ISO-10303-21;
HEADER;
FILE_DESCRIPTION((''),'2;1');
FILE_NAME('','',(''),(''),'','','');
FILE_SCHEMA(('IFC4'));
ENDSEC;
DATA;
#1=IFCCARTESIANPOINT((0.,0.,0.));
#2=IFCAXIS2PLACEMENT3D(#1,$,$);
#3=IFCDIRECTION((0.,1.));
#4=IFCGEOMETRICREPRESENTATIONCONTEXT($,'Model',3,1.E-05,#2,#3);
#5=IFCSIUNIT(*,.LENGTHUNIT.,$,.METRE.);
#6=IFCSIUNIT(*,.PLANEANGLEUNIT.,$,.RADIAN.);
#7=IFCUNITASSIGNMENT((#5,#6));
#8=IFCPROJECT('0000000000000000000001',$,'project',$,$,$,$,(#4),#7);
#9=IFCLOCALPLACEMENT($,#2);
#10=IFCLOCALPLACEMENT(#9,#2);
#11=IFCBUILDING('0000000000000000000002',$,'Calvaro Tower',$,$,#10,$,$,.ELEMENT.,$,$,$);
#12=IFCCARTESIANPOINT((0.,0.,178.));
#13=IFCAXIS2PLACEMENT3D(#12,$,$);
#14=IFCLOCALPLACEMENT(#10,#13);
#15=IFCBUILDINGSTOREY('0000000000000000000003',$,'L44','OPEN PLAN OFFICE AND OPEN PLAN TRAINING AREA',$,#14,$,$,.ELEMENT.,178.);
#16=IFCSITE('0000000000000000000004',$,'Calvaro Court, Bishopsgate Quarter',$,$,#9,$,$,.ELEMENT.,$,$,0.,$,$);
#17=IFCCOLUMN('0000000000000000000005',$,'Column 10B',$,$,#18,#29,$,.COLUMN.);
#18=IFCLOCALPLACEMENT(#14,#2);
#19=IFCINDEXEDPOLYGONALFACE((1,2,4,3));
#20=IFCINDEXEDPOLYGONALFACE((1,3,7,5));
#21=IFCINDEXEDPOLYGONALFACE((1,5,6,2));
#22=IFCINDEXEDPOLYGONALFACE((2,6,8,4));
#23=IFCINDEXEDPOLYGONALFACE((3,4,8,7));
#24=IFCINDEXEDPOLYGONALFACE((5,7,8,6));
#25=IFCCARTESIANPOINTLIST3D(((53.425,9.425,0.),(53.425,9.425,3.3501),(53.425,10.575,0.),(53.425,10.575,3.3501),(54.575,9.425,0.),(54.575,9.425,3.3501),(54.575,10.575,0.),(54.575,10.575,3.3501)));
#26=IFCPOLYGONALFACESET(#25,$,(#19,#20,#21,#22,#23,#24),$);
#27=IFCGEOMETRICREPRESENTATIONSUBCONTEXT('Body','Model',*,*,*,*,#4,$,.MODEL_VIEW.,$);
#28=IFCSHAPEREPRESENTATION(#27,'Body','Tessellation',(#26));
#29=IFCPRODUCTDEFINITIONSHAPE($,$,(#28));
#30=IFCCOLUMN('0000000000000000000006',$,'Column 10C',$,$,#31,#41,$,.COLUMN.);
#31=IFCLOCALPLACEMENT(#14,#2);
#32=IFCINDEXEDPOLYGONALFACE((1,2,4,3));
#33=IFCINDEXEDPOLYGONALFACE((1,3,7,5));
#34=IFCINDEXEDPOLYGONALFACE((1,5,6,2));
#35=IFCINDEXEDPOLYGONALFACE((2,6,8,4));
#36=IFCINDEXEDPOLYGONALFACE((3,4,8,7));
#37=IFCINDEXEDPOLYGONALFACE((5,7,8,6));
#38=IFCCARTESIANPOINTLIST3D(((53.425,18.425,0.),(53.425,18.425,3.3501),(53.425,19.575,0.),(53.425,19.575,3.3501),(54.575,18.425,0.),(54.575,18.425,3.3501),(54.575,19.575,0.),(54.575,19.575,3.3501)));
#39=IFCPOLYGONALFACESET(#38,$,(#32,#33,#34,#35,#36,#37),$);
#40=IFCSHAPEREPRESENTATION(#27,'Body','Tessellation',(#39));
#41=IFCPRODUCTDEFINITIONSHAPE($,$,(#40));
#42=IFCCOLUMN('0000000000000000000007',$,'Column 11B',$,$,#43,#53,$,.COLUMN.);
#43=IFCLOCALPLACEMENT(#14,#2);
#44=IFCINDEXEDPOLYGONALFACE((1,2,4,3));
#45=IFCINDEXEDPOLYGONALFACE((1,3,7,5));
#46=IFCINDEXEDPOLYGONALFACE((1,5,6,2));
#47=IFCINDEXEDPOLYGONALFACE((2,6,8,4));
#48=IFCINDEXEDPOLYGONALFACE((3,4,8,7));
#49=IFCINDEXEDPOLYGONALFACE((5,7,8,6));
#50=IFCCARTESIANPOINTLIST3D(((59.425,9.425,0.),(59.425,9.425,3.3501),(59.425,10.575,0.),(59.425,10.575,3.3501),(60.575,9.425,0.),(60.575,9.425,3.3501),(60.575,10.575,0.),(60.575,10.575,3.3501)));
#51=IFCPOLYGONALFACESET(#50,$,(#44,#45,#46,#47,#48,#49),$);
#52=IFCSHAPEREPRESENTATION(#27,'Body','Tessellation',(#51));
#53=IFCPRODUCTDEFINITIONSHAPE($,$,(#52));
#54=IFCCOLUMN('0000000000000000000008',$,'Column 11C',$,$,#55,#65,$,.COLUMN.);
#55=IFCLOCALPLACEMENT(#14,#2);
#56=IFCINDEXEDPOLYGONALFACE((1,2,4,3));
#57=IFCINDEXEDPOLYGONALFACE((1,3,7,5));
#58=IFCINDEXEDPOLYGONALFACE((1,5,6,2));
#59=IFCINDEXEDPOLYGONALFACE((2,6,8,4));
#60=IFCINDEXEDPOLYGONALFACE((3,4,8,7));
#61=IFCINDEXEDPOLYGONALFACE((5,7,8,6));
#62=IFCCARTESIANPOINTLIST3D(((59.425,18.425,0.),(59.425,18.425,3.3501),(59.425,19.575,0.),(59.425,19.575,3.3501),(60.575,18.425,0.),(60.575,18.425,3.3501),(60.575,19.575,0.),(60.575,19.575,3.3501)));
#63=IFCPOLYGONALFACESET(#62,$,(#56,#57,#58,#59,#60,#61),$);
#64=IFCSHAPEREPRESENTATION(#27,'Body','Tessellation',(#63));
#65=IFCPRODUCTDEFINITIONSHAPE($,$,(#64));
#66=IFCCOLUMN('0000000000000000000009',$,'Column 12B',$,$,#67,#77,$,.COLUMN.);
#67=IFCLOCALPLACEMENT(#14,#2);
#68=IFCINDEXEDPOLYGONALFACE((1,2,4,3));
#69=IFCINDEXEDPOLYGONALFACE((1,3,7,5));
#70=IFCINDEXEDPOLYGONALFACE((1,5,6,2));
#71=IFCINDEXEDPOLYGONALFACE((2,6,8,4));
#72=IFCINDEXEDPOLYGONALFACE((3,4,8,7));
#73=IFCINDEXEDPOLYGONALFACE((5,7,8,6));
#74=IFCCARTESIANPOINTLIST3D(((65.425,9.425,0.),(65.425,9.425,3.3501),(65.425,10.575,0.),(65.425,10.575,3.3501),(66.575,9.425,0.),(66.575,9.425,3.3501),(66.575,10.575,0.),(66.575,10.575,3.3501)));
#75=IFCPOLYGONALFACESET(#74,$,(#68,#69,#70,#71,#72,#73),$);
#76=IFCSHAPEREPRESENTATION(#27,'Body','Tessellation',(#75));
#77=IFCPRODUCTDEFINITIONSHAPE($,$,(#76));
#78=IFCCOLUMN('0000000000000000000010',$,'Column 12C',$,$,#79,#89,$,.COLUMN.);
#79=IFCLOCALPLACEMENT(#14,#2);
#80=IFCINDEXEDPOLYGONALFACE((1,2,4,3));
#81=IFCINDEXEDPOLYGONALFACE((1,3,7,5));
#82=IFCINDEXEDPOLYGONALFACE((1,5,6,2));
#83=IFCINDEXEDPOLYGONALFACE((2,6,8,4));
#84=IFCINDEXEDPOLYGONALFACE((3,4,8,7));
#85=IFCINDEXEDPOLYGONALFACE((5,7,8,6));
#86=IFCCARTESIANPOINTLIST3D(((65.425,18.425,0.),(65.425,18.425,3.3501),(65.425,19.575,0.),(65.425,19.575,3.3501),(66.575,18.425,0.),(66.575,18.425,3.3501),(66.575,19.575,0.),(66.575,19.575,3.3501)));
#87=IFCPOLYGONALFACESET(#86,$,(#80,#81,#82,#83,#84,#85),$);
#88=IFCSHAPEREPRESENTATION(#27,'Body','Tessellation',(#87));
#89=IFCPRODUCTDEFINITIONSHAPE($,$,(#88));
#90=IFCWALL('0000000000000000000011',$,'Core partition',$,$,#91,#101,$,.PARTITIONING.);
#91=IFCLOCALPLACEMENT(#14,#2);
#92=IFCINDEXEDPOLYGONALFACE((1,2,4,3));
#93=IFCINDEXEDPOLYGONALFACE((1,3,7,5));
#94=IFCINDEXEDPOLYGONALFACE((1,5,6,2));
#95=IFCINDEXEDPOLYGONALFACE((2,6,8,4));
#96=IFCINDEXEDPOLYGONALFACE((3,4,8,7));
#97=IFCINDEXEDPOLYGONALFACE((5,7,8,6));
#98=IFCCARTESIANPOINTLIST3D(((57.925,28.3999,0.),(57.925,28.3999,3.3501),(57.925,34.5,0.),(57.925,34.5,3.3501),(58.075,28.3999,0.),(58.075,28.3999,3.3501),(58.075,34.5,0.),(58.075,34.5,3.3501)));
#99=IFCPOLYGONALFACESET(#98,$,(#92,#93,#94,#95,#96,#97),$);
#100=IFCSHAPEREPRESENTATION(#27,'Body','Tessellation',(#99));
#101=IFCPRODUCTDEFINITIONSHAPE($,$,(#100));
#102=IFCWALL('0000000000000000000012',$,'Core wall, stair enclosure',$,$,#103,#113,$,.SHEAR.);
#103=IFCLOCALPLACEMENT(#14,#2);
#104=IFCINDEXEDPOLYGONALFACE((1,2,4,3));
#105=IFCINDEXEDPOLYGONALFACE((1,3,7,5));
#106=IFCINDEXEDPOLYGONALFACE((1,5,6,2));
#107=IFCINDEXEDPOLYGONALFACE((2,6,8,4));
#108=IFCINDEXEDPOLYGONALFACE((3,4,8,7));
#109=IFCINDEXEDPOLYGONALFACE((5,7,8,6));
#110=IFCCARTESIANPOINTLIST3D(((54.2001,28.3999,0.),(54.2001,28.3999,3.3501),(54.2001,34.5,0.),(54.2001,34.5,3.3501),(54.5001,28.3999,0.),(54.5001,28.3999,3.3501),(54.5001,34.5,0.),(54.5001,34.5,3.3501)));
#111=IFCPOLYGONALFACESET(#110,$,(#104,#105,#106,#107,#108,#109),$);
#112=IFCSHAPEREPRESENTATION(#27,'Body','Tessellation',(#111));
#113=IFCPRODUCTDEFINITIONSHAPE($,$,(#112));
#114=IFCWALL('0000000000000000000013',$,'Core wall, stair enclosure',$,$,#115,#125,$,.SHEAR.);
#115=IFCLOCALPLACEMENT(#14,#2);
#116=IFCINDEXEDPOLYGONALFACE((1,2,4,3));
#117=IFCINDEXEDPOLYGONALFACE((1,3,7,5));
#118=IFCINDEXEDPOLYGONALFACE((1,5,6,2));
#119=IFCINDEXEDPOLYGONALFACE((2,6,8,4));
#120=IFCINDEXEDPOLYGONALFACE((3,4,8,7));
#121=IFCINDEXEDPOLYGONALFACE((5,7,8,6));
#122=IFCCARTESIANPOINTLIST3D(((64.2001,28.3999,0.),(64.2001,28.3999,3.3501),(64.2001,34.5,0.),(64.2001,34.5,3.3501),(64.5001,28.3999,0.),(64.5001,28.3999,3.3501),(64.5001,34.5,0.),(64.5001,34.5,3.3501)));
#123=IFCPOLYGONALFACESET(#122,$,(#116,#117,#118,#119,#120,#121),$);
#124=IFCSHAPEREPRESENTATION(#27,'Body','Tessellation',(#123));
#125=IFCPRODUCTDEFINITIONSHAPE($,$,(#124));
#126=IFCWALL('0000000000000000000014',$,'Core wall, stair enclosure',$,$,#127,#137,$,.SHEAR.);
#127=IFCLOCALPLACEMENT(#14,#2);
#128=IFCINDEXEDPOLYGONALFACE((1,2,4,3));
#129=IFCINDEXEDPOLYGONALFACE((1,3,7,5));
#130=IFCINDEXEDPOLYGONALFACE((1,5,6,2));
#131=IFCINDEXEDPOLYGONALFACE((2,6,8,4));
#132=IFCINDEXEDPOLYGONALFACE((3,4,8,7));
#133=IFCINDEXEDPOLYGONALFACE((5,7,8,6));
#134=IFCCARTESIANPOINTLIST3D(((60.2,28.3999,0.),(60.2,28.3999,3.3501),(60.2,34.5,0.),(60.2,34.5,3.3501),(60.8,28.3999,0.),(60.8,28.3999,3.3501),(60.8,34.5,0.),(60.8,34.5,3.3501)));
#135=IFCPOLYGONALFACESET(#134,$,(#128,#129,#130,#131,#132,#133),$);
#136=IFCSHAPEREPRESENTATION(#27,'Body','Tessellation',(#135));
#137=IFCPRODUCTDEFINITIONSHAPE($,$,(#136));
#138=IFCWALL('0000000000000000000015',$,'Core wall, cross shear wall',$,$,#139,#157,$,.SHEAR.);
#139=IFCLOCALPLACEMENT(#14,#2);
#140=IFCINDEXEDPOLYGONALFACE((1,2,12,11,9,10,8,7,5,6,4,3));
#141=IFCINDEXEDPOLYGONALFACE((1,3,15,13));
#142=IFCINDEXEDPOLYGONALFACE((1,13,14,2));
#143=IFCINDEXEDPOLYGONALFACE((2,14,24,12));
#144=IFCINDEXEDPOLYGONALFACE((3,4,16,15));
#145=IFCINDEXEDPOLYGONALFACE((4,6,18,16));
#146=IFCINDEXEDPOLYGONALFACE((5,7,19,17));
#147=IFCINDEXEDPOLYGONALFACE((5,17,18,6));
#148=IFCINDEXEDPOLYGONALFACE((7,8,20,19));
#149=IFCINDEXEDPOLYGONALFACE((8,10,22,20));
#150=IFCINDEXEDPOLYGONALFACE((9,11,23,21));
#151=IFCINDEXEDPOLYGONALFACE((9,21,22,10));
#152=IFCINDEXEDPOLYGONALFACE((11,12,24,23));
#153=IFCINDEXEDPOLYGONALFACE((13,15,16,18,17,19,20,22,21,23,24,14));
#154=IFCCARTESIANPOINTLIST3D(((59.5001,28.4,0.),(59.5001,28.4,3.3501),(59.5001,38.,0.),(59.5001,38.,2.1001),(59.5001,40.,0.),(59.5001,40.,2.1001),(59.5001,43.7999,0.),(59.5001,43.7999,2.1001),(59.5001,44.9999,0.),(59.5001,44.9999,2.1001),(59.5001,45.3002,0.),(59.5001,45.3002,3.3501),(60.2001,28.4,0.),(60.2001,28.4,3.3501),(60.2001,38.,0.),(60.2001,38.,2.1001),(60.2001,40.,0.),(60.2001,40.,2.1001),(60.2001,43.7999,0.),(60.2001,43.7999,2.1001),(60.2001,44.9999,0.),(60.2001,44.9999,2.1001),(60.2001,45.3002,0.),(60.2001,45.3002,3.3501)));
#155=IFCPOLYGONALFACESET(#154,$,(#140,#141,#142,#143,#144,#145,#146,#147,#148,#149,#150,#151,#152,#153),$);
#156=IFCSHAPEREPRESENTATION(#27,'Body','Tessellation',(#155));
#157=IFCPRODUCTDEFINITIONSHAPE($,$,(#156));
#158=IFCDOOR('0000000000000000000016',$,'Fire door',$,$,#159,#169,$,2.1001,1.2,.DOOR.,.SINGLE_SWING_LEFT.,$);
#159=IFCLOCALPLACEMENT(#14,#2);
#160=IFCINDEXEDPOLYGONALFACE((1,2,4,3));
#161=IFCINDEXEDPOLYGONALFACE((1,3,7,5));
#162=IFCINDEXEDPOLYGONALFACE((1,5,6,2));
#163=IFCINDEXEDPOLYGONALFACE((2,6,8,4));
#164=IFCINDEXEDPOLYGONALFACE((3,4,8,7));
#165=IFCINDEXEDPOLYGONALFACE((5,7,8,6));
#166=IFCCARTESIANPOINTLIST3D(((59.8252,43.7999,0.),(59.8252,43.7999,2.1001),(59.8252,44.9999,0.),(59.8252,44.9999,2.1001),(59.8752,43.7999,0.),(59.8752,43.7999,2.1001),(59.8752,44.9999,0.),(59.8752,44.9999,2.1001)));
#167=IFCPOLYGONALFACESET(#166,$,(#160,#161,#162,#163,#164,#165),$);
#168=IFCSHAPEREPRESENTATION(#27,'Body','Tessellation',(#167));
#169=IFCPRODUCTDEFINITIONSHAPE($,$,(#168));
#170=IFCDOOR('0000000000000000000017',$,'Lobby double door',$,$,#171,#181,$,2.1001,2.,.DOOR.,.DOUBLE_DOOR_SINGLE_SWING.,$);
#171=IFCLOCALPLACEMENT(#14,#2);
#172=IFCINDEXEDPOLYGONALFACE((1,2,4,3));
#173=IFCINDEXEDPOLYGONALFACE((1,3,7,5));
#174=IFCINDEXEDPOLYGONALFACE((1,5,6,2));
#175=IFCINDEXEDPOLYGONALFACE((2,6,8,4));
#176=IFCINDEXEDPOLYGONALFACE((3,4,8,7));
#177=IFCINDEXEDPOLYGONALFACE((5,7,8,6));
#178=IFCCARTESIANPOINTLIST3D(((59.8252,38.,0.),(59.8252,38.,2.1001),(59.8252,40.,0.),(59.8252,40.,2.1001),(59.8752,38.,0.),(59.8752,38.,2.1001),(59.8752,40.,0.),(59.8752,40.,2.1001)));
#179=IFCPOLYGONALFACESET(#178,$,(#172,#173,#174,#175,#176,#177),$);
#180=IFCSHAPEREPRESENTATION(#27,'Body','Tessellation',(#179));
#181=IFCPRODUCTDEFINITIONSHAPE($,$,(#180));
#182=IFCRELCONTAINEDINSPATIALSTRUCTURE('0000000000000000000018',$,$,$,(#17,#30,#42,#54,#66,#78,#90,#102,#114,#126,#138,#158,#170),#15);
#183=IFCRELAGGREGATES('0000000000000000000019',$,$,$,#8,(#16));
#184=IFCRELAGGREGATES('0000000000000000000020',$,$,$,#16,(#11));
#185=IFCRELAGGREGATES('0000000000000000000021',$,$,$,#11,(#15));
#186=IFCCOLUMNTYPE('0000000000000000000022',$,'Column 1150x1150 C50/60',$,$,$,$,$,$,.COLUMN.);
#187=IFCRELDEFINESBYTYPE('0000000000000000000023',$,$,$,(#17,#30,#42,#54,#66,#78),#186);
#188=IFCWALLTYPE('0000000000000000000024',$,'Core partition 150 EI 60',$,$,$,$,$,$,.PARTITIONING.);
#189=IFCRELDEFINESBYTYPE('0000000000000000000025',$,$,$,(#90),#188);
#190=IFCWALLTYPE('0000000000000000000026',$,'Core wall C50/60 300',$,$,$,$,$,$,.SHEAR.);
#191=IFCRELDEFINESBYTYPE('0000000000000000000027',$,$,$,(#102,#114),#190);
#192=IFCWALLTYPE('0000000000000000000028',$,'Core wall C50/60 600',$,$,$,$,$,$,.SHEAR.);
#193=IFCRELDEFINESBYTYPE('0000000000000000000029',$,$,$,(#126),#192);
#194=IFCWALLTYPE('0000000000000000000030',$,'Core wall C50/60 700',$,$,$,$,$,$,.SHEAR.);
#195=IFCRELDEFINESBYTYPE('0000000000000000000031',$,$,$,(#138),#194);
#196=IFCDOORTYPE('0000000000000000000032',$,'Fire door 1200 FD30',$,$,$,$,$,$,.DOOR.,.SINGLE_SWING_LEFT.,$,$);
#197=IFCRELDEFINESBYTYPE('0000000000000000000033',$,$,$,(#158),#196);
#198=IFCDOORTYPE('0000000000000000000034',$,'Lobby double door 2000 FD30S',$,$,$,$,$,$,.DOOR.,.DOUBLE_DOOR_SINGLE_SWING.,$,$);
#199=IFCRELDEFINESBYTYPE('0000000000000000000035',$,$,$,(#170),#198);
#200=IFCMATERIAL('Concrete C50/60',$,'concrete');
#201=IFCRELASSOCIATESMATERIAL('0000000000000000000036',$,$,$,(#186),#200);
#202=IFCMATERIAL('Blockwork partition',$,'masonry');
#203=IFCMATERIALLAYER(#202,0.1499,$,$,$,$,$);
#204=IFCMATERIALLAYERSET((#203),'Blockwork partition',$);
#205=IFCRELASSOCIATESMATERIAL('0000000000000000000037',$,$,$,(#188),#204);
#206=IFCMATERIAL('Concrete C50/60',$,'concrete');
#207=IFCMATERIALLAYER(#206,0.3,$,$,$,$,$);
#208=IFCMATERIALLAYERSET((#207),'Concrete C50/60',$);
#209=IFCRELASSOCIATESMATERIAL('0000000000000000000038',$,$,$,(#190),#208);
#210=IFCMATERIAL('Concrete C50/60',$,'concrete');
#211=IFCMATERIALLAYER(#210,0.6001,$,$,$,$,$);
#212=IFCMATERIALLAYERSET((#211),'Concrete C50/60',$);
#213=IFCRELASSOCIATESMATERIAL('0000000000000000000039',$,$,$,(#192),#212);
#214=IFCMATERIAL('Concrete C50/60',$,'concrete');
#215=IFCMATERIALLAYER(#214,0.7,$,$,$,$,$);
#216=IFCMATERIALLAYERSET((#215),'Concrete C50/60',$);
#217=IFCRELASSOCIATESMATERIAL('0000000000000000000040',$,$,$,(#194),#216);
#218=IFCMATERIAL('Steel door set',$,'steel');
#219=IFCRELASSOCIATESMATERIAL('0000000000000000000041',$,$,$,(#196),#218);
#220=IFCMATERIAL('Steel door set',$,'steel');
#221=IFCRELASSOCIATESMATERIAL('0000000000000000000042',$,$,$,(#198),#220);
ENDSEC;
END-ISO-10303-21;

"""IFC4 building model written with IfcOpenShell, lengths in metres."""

from ifc_helpers import new_model, si_unit, direction, frame, frame_2d, origin, origin_2d, place, context, subcontext, project, spatial, rectangle, extrude, material, layer, layer_set, material_profile, profile_set, type_object, element, fill, save


model = new_model("IFC4")

# Units and contexts
model_context = context("Model", 3, precision=1e-05, world=origin(), true_north=direction((0.0, 1.0)))
body_context = subcontext(model_context, "Body", "Model", "MODEL_VIEW")
ifc_project = project(units=[si_unit("LENGTHUNIT", "METRE"), si_unit("PLANEANGLEUNIT", "RADIAN")], contexts=[model_context])

# Site, building, storey
site_placement = place(None, origin())
site = spatial("IfcSite", under=ifc_project, at=site_placement, Name="Calvaro Court, Bishopsgate Quarter", CompositionType="ELEMENT", RefElevation=0.0)
building_placement = place(site_placement, origin())
building = spatial("IfcBuilding", under=site, at=building_placement, Name="Calvaro Tower", CompositionType="ELEMENT")
storey_placement = place(building_placement, frame((0.0, 0.0, 178.0)))
storey = spatial("IfcBuildingStorey", under=building, at=storey_placement, Name="L44", Description="OPEN PLAN OFFICE AND OPEN PLAN TRAINING AREA", CompositionType="ELEMENT", Elevation=178.0)

# Columns
ifc_material_1 = material(Name="Concrete C50/60", Category="concrete")
ifc_material_profile = material_profile(ifc_material_1, rectangle(XDim=1.1499, YDim=1.1499, at=origin_2d()), Name="RC 1150x1150")
ifc_profile_set = profile_set([ifc_material_profile], Name="Concrete C50/60")
column_type = type_object("IfcColumnType", Name="Column 1150x1150 C50/60", PredefinedType="COLUMN", material=ifc_profile_set)
for number, where, z_axis, x_axis, name in (
    (1, (54.0, 10.0, 0.0), (0.0, 0.0, 1.0), (1.0, 0.0, 0.0), "Column 10B"),
    (2, (54.0, 19.0, 0.0), (0.0, 0.0, 1.0), (1.0, 0.0, 0.0), "Column 10C"),
    (3, (60.0, 10.0, 0.0), (0.0, 0.0, 1.0), (1.0, 0.0, 0.0), "Column 11B"),
    (4, (60.0, 19.0, 0.0), (0.0, 0.0, 1.0), (1.0, 0.0, 0.0), "Column 11C"),
    (5, (66.0, 10.0, 0.0), (0.0, 0.0, 1.0), (1.0, 0.0, 0.0), "Column 12B"),
    (6, (66.0, 19.0, 0.0), (0.0, 0.0, 1.0), (1.0, 0.0, 0.0), "Column 12C"),
):
    element("IfcColumn", number, at=place(storey_placement, frame(where, z_axis=z_axis, x_axis=x_axis)), inside=storey, type_object=column_type, Name=name, PredefinedType="COLUMN", context=body_context, shape_type="SweptSolid", body=[
        extrude(rectangle(XDim=1.1499, YDim=1.1499, at=origin_2d()), origin(), (0.0, 0.0, 1.0), 3.3501),
    ])

# Walls
ifc_material_2 = material(Name="Blockwork partition", Category="masonry")
ifc_layer_1 = layer(ifc_material_2, 0.1499)
ifc_layer_set_1 = layer_set([ifc_layer_1], Name="Blockwork partition")
wall_type_1 = type_object("IfcWallType", Name="Core partition 150 EI 60", PredefinedType="PARTITIONING", material=ifc_layer_set_1)
wall_1_placement = place(storey_placement, frame((58.0, 28.3999, 0.0), z_axis=(0.0, 0.0, 1.0), x_axis=(0.0, 1.0, 0.0)))
element("IfcWall", 7, at=wall_1_placement, inside=storey, type_object=wall_type_1, Name="Core partition", PredefinedType="PARTITIONING", context=body_context, shape_type="SweptSolid", body=[
    extrude(rectangle(XDim=6.1001, YDim=0.1499, at=frame_2d((3.05, 0.0))), origin(), (0.0, 0.0, 1.0), 3.3501),
])
ifc_material_3 = material(Name="Concrete C50/60", Category="concrete")
ifc_layer_2 = layer(ifc_material_3, 0.3)
ifc_layer_set_2 = layer_set([ifc_layer_2], Name="Concrete C50/60")
wall_type_2 = type_object("IfcWallType", Name="Core wall C50/60 300", PredefinedType="SHEAR", material=ifc_layer_set_2)
for number, where, z_axis, x_axis, name in (
    (8, (54.3501, 28.3999, 0.0), (0.0, 0.0, 1.0), (0.0, 1.0, 0.0), "Core wall, stair enclosure"),
    (9, (64.3501, 28.3999, 0.0), (0.0, 0.0, 1.0), (0.0, 1.0, 0.0), "Core wall, stair enclosure"),
):
    element("IfcWall", number, at=place(storey_placement, frame(where, z_axis=z_axis, x_axis=x_axis)), inside=storey, type_object=wall_type_2, Name=name, PredefinedType="SHEAR", context=body_context, shape_type="SweptSolid", body=[
        extrude(rectangle(XDim=6.1001, YDim=0.3, at=frame_2d((3.05, 0.0))), origin(), (0.0, 0.0, 1.0), 3.3501),
    ])
ifc_material_4 = material(Name="Concrete C50/60", Category="concrete")
ifc_layer_3 = layer(ifc_material_4, 0.6001)
ifc_layer_set_3 = layer_set([ifc_layer_3], Name="Concrete C50/60")
wall_type_3 = type_object("IfcWallType", Name="Core wall C50/60 600", PredefinedType="SHEAR", material=ifc_layer_set_3)
wall_2_placement = place(storey_placement, frame((60.5, 28.3999, 0.0), z_axis=(0.0, 0.0, 1.0), x_axis=(0.0, 1.0, 0.0)))
element("IfcWall", 10, at=wall_2_placement, inside=storey, type_object=wall_type_3, Name="Core wall, stair enclosure", PredefinedType="SHEAR", context=body_context, shape_type="SweptSolid", body=[
    extrude(rectangle(XDim=6.1001, YDim=0.6001, at=frame_2d((3.05, 0.0))), origin(), (0.0, 0.0, 1.0), 3.3501),
])

# Wall, openings, doors
ifc_material_5 = material(Name="Concrete C50/60", Category="concrete")
ifc_layer_4 = layer(ifc_material_5, 0.7)
ifc_layer_set_4 = layer_set([ifc_layer_4], Name="Concrete C50/60")
wall_type_4 = type_object("IfcWallType", Name="Core wall C50/60 700", PredefinedType="SHEAR", material=ifc_layer_set_4)
wall_3_placement = place(storey_placement, frame((59.8501, 28.3999, 0.0), z_axis=(0.0, 0.0, 1.0), x_axis=(0.0, 1.0, 0.0)))
wall_3 = element("IfcWall", 11, at=wall_3_placement, inside=storey, type_object=wall_type_4, Name="Core wall, cross shear wall", PredefinedType="SHEAR", context=body_context, shape_type="SweptSolid", body=[
    extrude(rectangle(XDim=16.9001, YDim=0.7, at=frame_2d((8.4502, 0.0))), origin(), (0.0, 0.0, 1.0), 3.3501),
])
opening_1_placement = place(wall_3_placement, frame((9.6001, 0.0, 0.0)))
opening_1 = element("IfcOpeningElement", 12, at=opening_1_placement, cuts=wall_3, PredefinedType="OPENING", context=body_context, shape_type="SweptSolid", body=[
    extrude(rectangle(XDim=2.0, YDim=2.1001, at=frame_2d((1.0, 1.05))), frame((0.0, 0.3599, 0.0), z_axis=(0.0, -1.0, 0.0), x_axis=(1.0, 0.0, 0.0)), (0.0, 0.0, 1.0), 0.72),
])
opening_2_placement = place(wall_3_placement, frame((15.3999, 0.0, 0.0)))
opening_2 = element("IfcOpeningElement", 13, at=opening_2_placement, cuts=wall_3, PredefinedType="OPENING", context=body_context, shape_type="SweptSolid", body=[
    extrude(rectangle(XDim=1.2, YDim=2.1001, at=frame_2d((0.6001, 1.05))), frame((0.0, 0.3599, 0.0), z_axis=(0.0, -1.0, 0.0), x_axis=(1.0, 0.0, 0.0)), (0.0, 0.0, 1.0), 0.72),
])
ifc_material_6 = material(Name="Steel door set", Category="steel")
door_type_1 = type_object("IfcDoorType", Name="Fire door 1200 FD30", OperationType="SINGLE_SWING_LEFT", PredefinedType="DOOR", material=ifc_material_6)
door_1_placement = place(opening_2_placement, origin())
door_1 = element("IfcDoor", 14, at=door_1_placement, inside=storey, type_object=door_type_1, Name="Fire door", OperationType="SINGLE_SWING_LEFT", OverallHeight=2.1001, OverallWidth=1.2, PredefinedType="DOOR", context=body_context, shape_type="SweptSolid", body=[
    extrude(rectangle(XDim=1.2, YDim=2.1001, at=frame_2d((0.6001, 1.05))), frame((0.0, 0.0249, 0.0), z_axis=(0.0, -1.0, 0.0), x_axis=(1.0, 0.0, 0.0)), (0.0, 0.0, 1.0), 0.05),
])
fill(opening_2, door_1)
ifc_material_7 = material(Name="Steel door set", Category="steel")
door_type_2 = type_object("IfcDoorType", Name="Lobby double door 2000 FD30S", OperationType="DOUBLE_DOOR_SINGLE_SWING", PredefinedType="DOOR", material=ifc_material_7)
door_2_placement = place(opening_1_placement, origin())
door_2 = element("IfcDoor", 15, at=door_2_placement, inside=storey, type_object=door_type_2, Name="Lobby double door", OperationType="DOUBLE_DOOR_SINGLE_SWING", OverallHeight=2.1001, OverallWidth=2.0, PredefinedType="DOOR", context=body_context, shape_type="SweptSolid", body=[
    extrude(rectangle(XDim=2.0, YDim=2.1001, at=frame_2d((1.0, 1.05))), frame((0.0, 0.0249, 0.0), z_axis=(0.0, -1.0, 0.0), x_axis=(1.0, 0.0, 0.0)), (0.0, 0.0, 1.0), 0.05),
])
fill(opening_1, door_2)

save(model, "model.ifc")
